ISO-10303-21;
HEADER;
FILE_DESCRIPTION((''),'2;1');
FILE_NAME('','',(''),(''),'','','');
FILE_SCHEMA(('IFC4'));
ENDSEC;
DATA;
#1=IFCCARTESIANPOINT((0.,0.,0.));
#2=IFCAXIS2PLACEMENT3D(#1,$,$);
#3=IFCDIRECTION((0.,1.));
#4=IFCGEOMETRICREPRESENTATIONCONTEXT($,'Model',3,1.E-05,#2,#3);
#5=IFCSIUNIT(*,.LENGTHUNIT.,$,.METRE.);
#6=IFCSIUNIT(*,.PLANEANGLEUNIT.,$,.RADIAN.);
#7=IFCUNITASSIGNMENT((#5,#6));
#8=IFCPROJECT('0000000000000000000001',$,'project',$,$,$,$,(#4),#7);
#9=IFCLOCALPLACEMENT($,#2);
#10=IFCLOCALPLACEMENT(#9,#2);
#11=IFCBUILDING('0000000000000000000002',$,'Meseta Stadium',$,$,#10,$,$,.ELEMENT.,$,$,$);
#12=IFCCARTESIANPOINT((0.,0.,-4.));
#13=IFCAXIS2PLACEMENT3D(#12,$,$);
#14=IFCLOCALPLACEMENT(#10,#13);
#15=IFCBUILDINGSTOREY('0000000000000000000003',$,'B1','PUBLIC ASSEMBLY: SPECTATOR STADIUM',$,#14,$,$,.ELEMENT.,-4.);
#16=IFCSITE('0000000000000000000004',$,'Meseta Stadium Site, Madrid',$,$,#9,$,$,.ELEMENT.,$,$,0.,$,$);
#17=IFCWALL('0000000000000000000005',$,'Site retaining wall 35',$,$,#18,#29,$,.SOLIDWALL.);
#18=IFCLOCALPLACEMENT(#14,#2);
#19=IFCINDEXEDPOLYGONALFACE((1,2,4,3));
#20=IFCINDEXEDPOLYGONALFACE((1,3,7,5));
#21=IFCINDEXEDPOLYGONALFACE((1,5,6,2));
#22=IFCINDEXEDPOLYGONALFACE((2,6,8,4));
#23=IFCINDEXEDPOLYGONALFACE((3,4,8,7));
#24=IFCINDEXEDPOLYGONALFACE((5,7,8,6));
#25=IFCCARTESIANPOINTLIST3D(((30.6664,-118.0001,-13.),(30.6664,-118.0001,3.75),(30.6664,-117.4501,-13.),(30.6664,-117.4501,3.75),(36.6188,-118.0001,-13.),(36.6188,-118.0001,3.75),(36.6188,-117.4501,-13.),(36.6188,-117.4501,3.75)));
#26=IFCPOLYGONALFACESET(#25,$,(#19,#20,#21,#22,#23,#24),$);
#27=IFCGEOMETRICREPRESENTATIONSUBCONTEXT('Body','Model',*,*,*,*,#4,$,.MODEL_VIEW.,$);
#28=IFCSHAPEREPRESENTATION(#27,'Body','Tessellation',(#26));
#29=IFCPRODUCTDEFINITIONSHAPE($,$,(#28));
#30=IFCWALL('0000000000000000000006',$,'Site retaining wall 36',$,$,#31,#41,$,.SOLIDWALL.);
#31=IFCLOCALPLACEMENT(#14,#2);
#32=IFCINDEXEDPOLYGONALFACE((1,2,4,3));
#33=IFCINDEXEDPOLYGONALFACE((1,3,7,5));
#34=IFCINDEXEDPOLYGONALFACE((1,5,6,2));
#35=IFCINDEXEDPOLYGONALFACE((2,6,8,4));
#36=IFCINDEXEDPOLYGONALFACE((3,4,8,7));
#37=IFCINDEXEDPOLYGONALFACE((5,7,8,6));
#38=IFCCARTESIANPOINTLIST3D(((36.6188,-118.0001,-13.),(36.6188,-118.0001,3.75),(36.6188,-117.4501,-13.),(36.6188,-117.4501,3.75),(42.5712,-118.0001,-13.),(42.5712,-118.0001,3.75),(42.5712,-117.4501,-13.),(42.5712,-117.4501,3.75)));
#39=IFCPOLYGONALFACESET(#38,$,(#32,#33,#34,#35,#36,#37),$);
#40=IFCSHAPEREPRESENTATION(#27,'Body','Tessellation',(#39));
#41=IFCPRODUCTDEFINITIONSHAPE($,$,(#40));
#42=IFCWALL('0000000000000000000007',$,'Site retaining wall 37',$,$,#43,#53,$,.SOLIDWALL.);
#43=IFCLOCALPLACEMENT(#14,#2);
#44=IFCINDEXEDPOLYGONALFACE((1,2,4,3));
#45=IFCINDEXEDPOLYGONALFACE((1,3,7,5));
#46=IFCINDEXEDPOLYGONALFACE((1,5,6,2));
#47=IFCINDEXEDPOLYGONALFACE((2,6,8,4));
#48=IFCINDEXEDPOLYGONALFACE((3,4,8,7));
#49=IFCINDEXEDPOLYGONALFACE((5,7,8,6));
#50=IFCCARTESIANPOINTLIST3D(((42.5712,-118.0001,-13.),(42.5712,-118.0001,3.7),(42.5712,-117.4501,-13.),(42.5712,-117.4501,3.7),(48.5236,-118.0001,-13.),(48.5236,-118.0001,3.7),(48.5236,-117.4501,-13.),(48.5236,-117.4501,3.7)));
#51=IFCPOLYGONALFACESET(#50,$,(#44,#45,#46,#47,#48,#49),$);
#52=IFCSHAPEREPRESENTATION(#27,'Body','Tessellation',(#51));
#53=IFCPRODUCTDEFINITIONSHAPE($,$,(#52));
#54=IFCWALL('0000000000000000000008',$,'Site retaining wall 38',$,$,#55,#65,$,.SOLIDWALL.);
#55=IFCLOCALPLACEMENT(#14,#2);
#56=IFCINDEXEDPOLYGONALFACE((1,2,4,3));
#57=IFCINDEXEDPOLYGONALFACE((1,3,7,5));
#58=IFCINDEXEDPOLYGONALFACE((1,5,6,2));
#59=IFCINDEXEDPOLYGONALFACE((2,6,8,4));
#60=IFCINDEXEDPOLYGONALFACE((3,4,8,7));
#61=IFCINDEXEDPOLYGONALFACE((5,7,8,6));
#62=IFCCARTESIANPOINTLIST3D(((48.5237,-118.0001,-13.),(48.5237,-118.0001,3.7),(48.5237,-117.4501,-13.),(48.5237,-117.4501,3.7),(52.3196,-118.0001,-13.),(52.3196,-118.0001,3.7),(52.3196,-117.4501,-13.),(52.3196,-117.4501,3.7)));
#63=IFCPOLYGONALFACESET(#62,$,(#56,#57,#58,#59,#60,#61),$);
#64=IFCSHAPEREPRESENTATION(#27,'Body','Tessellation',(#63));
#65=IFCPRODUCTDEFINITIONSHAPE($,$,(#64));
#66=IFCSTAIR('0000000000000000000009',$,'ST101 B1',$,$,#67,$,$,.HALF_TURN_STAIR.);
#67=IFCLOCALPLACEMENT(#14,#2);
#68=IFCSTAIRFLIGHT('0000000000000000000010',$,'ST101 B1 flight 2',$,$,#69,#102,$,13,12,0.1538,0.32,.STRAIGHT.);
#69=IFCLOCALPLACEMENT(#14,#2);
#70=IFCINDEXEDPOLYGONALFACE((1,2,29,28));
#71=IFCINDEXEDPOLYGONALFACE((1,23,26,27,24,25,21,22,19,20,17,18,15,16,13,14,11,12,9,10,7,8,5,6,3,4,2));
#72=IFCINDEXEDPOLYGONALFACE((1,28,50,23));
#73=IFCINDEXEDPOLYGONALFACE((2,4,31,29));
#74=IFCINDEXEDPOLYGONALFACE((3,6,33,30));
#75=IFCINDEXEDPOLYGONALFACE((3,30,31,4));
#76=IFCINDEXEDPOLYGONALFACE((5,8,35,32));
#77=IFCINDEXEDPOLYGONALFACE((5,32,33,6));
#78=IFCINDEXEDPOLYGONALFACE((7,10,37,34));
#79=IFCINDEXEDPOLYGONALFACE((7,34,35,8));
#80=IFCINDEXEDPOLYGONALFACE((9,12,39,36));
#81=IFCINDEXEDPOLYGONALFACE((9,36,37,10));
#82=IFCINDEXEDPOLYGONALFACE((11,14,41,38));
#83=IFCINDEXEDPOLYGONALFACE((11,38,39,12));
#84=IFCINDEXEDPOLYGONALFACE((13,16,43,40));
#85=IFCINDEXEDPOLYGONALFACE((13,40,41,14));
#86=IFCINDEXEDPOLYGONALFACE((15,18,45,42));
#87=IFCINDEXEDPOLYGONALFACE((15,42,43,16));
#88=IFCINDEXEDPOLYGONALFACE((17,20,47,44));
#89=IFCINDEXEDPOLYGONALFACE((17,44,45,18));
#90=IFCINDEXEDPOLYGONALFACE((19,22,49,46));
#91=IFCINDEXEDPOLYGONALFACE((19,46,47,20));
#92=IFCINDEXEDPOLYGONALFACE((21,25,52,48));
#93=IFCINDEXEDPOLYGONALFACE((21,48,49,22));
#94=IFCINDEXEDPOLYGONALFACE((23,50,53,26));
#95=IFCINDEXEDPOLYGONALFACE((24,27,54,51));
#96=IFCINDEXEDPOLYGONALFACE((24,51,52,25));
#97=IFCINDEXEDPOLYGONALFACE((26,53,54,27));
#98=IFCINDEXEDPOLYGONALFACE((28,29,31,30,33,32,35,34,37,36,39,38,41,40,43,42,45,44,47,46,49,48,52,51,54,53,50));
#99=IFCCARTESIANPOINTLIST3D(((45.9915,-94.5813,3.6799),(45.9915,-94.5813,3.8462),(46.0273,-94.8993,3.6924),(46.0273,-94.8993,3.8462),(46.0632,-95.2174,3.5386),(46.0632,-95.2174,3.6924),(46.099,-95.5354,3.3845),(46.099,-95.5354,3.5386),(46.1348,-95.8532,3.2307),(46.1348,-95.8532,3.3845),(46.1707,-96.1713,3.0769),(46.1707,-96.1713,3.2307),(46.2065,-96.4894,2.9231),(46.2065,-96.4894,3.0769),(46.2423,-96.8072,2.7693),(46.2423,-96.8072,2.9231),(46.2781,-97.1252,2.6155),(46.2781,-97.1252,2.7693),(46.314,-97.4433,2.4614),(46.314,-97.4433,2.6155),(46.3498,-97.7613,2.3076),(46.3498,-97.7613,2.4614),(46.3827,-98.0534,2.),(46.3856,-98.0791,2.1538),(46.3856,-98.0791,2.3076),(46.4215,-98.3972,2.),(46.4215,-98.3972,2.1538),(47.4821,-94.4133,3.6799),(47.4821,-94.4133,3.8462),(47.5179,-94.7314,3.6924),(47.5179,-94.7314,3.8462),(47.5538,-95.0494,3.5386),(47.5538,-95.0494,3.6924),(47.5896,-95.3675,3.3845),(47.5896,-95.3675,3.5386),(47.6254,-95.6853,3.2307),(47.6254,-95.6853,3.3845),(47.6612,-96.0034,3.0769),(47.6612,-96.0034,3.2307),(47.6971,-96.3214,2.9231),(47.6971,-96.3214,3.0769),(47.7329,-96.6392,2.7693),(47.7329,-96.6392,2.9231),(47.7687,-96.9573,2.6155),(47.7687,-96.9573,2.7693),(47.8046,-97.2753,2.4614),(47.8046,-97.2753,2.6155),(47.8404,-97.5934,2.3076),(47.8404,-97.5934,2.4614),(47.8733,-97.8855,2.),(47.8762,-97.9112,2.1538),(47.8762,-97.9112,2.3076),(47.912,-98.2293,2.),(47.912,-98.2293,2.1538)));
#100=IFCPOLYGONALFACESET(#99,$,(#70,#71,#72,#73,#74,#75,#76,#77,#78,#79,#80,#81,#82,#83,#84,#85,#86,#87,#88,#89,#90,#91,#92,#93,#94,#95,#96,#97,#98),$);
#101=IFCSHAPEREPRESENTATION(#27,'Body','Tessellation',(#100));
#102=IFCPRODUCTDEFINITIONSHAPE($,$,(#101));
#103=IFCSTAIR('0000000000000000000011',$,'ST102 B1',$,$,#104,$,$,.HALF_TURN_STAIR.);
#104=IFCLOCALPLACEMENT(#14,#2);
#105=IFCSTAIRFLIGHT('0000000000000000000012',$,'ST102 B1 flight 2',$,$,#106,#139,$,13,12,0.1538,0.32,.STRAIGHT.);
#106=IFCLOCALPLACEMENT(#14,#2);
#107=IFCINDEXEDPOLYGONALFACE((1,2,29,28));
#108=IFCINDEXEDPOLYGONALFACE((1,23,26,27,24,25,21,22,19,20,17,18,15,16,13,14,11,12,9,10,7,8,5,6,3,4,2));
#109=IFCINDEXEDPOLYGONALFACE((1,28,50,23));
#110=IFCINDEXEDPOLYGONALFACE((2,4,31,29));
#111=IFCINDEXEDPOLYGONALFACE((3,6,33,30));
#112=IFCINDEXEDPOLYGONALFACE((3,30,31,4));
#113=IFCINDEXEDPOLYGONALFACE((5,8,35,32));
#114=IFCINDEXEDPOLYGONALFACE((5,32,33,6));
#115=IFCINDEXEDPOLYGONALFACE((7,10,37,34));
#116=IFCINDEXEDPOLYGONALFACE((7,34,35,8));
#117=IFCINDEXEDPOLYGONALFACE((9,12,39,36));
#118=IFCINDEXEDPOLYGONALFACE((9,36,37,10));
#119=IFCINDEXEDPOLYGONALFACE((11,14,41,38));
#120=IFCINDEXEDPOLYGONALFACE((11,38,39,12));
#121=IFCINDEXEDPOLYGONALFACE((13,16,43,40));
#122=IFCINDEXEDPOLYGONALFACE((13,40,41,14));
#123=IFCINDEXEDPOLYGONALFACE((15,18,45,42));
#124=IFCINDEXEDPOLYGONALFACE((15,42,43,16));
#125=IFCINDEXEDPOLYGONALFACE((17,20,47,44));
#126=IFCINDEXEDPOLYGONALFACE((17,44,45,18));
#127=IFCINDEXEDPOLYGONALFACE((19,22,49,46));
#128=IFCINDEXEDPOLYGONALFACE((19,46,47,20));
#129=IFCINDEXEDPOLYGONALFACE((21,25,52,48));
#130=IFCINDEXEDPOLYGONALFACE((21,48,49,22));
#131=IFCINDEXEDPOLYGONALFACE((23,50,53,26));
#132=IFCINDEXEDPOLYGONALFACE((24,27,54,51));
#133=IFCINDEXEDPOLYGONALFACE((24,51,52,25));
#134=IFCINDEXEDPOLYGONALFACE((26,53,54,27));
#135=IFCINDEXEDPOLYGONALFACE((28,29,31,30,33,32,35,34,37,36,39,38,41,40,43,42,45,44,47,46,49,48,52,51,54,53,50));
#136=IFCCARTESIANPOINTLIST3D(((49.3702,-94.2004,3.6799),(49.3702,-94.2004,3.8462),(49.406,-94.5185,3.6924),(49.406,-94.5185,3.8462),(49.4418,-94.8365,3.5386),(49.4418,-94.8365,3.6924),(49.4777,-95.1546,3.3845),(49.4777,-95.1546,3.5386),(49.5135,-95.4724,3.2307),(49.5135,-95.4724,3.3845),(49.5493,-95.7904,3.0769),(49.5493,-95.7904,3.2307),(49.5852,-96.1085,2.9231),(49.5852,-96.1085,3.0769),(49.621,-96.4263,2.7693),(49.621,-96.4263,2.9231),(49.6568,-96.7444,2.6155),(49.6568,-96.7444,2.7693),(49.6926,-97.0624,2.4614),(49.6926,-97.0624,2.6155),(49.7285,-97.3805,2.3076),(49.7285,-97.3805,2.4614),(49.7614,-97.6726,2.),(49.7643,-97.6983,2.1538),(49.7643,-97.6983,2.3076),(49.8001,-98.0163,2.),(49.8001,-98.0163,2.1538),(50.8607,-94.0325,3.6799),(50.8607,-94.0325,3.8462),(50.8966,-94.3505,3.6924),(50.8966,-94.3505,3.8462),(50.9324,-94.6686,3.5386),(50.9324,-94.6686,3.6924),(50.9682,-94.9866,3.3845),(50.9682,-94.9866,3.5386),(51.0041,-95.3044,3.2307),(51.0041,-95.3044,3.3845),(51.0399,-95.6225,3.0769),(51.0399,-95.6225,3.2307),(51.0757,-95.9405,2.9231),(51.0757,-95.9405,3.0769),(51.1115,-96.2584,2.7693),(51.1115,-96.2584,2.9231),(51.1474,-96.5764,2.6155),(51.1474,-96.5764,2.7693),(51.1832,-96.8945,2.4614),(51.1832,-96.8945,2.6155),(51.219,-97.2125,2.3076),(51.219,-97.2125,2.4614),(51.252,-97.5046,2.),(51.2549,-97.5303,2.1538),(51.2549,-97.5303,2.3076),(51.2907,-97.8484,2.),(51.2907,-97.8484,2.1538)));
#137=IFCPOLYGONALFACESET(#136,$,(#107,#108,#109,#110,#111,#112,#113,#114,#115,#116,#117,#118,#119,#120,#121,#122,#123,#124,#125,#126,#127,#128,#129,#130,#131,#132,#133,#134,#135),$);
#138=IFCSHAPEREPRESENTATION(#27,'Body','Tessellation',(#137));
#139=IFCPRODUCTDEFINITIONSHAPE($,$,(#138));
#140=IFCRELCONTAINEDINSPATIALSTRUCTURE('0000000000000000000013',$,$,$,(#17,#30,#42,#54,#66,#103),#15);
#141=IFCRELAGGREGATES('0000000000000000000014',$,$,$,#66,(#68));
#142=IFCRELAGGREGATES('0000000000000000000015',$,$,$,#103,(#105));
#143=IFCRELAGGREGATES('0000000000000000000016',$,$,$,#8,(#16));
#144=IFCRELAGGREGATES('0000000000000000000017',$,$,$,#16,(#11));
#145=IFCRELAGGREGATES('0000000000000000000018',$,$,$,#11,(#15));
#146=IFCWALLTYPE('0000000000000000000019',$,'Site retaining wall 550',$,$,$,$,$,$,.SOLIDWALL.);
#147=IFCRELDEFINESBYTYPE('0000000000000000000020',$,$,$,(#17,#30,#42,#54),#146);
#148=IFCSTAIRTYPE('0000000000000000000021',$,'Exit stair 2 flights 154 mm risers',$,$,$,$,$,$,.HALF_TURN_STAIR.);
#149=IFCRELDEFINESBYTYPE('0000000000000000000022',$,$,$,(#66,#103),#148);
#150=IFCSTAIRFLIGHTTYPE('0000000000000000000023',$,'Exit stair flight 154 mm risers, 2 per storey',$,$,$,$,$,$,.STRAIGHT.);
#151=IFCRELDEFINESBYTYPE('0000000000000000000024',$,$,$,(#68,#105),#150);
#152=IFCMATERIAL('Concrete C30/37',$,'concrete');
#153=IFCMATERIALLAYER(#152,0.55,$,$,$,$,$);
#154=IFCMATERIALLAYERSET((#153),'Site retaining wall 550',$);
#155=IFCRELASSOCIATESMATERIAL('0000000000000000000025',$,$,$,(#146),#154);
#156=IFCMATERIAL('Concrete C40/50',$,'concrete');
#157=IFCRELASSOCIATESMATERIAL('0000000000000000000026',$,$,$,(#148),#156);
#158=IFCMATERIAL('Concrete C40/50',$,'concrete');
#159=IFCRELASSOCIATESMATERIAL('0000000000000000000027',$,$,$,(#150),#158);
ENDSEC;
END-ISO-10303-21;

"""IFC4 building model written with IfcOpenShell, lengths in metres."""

from ifc_helpers import new_model, si_unit, direction, frame, frame_2d, origin, place, context, subcontext, project, spatial, polyline, rectangle, outline, extrude, material, layer, layer_set, type_object, element, aggregate, save


model = new_model("IFC4")

# Units and contexts
model_context = context("Model", 3, precision=1e-05, world=origin(), true_north=direction((0.0, 1.0)))
body_context = subcontext(model_context, "Body", "Model", "MODEL_VIEW")
ifc_project = project(units=[si_unit("LENGTHUNIT", "METRE"), si_unit("PLANEANGLEUNIT", "RADIAN")], contexts=[model_context])

# Site, building, storey
site_placement = place(None, origin())
site = spatial("IfcSite", under=ifc_project, at=site_placement, Name="Meseta Stadium Site, Madrid", CompositionType="ELEMENT", RefElevation=0.0)
building_placement = place(site_placement, origin())
building = spatial("IfcBuilding", under=site, at=building_placement, Name="Meseta Stadium", CompositionType="ELEMENT")
storey_placement = place(building_placement, frame((0.0, 0.0, -4.0)))
storey = spatial("IfcBuildingStorey", under=building, at=storey_placement, Name="B1", Description="PUBLIC ASSEMBLY: SPECTATOR STADIUM", CompositionType="ELEMENT", Elevation=-4.0)

# Walls
ifc_material_1 = material(Name="Concrete C30/37", Category="concrete")
ifc_layer_1 = layer(ifc_material_1, 0.55)
ifc_layer_set_1 = layer_set([ifc_layer_1], Name="Site retaining wall 550")
wall_type_1 = type_object("IfcWallType", Name="Site retaining wall 550", PredefinedType="SOLIDWALL", material=ifc_layer_set_1)
for number, where, z_axis, x_axis, name in (
    (1, (30.6665, -117.7251, -13.0), (0.0, 0.0, 1.0), (1.0, 0.0, 0.0), "Site retaining wall 35"),
    (2, (36.6189, -117.7251, -13.0), (0.0, 0.0, 1.0), (1.0, 0.0, 0.0), "Site retaining wall 36"),
):
    element("IfcWall", number, at=place(storey_placement, frame(where, z_axis=z_axis, x_axis=x_axis)), inside=storey, type_object=wall_type_1, Name=name, PredefinedType="SOLIDWALL", context=body_context, shape_type="SweptSolid", body=[
        extrude(rectangle(XDim=5.9524, YDim=0.55, at=frame_2d((2.9761, 0.0))), origin(), (0.0, 0.0, 1.0), 16.75),
    ])
wall_1_placement = place(storey_placement, frame((42.5713, -117.7251, -13.0), z_axis=(0.0, 0.0, 1.0), x_axis=(1.0, 0.0, 0.0)))
element("IfcWall", 3, at=wall_1_placement, inside=storey, type_object=wall_type_1, Name="Site retaining wall 37", PredefinedType="SOLIDWALL", context=body_context, shape_type="SweptSolid", body=[
    extrude(rectangle(XDim=5.9524, YDim=0.55, at=frame_2d((2.9761, 0.0))), origin(), (0.0, 0.0, 1.0), 16.7),
])
wall_2_placement = place(storey_placement, frame((48.5237, -117.7251, -13.0), z_axis=(0.0, 0.0, 1.0), x_axis=(1.0, 0.0, 0.0)))
element("IfcWall", 4, at=wall_2_placement, inside=storey, type_object=wall_type_1, Name="Site retaining wall 38", PredefinedType="SOLIDWALL", context=body_context, shape_type="SweptSolid", body=[
    extrude(rectangle(XDim=3.7959, YDim=0.55, at=frame_2d((1.8979, 0.0))), origin(), (0.0, 0.0, 1.0), 16.7),
])

# Stairs, stair flights
ifc_material_2 = material(Name="Concrete C40/50", Category="concrete")
stair_type = type_object("IfcStairType", Name="Exit stair 2 flights 154 mm risers", PredefinedType="HALF_TURN_STAIR", material=ifc_material_2)
stair_1_placement = place(storey_placement, origin())
stair_1 = element("IfcStair", 5, at=stair_1_placement, inside=storey, type_object=stair_type, Name="ST101 B1", PredefinedType="HALF_TURN_STAIR")
ifc_material_3 = material(Name="Concrete C40/50", Category="concrete")
stair_flight_type = type_object("IfcStairFlightType", Name="Exit stair flight 154 mm risers, 2 per storey", PredefinedType="STRAIGHT", material=ifc_material_3)
stair_flight_1_placement = place(storey_placement, frame((47.1667, -98.3132, 2.0), z_axis=(0.0, 0.0, 1.0), x_axis=(-0.111964, 0.993712, 0.0)))
stair_flight_1 = element("IfcStairFlight", 6, at=stair_flight_1_placement, type_object=stair_flight_type, Name="ST101 B1 flight 2", NumberOfRisers=13, NumberOfTreads=12, PredefinedType="STRAIGHT", RiserHeight=0.1538, TreadLength=0.32, context=body_context, shape_type="SweptSolid", body=[
    extrude(outline(polyline([(0.0, 0.0), (0.0, 0.1538), (0.3201, 0.1538), (0.3201, 0.3076), (0.6399, 0.3076), (0.6399, 0.4614), (0.96, 0.4614), (0.96, 0.6155), (1.28, 0.6155), (1.28, 0.7693), (1.6001, 0.7693), (1.6001, 0.9231), (1.9199, 0.9231), (1.9199, 1.0769), (2.24, 1.0769), (2.24, 1.2307), (2.5601, 1.2307), (2.5601, 1.3845), (2.8799, 1.3845), (2.8799, 1.5386), (3.2, 1.5386), (3.2, 1.6924), (3.52, 1.6924), (3.52, 1.8462), (3.8401, 1.8462), (3.8401, 1.6799), (0.3459, 0.0), (0.0, 0.0)])), frame((0.0, 0.75, 0.0), z_axis=(0.0, -1.0, 0.0), x_axis=(1.0, 0.0, 0.0)), (0.0, 0.0, 1.0), 1.5),
])
aggregate(stair_1, [stair_flight_1])
stair_2_placement = place(storey_placement, origin())
stair_2 = element("IfcStair", 7, at=stair_2_placement, inside=storey, type_object=stair_type, Name="ST102 B1", PredefinedType="HALF_TURN_STAIR")
stair_flight_2_placement = place(storey_placement, frame((50.5454, -97.9324, 2.0), z_axis=(0.0, 0.0, 1.0), x_axis=(-0.111964, 0.993712, 0.0)))
stair_flight_2 = element("IfcStairFlight", 8, at=stair_flight_2_placement, type_object=stair_flight_type, Name="ST102 B1 flight 2", NumberOfRisers=13, NumberOfTreads=12, PredefinedType="STRAIGHT", RiserHeight=0.1538, TreadLength=0.32, context=body_context, shape_type="SweptSolid", body=[
    extrude(outline(polyline([(0.0, 0.0), (0.0, 0.1538), (0.3201, 0.1538), (0.3201, 0.3076), (0.6399, 0.3076), (0.6399, 0.4614), (0.96, 0.4614), (0.96, 0.6155), (1.28, 0.6155), (1.28, 0.7693), (1.6001, 0.7693), (1.6001, 0.9231), (1.9199, 0.9231), (1.9199, 1.0769), (2.24, 1.0769), (2.24, 1.2307), (2.5601, 1.2307), (2.5601, 1.3845), (2.8799, 1.3845), (2.8799, 1.5386), (3.2, 1.5386), (3.2, 1.6924), (3.52, 1.6924), (3.52, 1.8462), (3.8401, 1.8462), (3.8401, 1.6799), (0.3459, 0.0), (0.0, 0.0)])), frame((0.0, 0.75, 0.0), z_axis=(0.0, -1.0, 0.0), x_axis=(1.0, 0.0, 0.0)), (0.0, 0.0, 1.0), 1.5),
])
aggregate(stair_2, [stair_flight_2])

save(model, "model.ifc")
